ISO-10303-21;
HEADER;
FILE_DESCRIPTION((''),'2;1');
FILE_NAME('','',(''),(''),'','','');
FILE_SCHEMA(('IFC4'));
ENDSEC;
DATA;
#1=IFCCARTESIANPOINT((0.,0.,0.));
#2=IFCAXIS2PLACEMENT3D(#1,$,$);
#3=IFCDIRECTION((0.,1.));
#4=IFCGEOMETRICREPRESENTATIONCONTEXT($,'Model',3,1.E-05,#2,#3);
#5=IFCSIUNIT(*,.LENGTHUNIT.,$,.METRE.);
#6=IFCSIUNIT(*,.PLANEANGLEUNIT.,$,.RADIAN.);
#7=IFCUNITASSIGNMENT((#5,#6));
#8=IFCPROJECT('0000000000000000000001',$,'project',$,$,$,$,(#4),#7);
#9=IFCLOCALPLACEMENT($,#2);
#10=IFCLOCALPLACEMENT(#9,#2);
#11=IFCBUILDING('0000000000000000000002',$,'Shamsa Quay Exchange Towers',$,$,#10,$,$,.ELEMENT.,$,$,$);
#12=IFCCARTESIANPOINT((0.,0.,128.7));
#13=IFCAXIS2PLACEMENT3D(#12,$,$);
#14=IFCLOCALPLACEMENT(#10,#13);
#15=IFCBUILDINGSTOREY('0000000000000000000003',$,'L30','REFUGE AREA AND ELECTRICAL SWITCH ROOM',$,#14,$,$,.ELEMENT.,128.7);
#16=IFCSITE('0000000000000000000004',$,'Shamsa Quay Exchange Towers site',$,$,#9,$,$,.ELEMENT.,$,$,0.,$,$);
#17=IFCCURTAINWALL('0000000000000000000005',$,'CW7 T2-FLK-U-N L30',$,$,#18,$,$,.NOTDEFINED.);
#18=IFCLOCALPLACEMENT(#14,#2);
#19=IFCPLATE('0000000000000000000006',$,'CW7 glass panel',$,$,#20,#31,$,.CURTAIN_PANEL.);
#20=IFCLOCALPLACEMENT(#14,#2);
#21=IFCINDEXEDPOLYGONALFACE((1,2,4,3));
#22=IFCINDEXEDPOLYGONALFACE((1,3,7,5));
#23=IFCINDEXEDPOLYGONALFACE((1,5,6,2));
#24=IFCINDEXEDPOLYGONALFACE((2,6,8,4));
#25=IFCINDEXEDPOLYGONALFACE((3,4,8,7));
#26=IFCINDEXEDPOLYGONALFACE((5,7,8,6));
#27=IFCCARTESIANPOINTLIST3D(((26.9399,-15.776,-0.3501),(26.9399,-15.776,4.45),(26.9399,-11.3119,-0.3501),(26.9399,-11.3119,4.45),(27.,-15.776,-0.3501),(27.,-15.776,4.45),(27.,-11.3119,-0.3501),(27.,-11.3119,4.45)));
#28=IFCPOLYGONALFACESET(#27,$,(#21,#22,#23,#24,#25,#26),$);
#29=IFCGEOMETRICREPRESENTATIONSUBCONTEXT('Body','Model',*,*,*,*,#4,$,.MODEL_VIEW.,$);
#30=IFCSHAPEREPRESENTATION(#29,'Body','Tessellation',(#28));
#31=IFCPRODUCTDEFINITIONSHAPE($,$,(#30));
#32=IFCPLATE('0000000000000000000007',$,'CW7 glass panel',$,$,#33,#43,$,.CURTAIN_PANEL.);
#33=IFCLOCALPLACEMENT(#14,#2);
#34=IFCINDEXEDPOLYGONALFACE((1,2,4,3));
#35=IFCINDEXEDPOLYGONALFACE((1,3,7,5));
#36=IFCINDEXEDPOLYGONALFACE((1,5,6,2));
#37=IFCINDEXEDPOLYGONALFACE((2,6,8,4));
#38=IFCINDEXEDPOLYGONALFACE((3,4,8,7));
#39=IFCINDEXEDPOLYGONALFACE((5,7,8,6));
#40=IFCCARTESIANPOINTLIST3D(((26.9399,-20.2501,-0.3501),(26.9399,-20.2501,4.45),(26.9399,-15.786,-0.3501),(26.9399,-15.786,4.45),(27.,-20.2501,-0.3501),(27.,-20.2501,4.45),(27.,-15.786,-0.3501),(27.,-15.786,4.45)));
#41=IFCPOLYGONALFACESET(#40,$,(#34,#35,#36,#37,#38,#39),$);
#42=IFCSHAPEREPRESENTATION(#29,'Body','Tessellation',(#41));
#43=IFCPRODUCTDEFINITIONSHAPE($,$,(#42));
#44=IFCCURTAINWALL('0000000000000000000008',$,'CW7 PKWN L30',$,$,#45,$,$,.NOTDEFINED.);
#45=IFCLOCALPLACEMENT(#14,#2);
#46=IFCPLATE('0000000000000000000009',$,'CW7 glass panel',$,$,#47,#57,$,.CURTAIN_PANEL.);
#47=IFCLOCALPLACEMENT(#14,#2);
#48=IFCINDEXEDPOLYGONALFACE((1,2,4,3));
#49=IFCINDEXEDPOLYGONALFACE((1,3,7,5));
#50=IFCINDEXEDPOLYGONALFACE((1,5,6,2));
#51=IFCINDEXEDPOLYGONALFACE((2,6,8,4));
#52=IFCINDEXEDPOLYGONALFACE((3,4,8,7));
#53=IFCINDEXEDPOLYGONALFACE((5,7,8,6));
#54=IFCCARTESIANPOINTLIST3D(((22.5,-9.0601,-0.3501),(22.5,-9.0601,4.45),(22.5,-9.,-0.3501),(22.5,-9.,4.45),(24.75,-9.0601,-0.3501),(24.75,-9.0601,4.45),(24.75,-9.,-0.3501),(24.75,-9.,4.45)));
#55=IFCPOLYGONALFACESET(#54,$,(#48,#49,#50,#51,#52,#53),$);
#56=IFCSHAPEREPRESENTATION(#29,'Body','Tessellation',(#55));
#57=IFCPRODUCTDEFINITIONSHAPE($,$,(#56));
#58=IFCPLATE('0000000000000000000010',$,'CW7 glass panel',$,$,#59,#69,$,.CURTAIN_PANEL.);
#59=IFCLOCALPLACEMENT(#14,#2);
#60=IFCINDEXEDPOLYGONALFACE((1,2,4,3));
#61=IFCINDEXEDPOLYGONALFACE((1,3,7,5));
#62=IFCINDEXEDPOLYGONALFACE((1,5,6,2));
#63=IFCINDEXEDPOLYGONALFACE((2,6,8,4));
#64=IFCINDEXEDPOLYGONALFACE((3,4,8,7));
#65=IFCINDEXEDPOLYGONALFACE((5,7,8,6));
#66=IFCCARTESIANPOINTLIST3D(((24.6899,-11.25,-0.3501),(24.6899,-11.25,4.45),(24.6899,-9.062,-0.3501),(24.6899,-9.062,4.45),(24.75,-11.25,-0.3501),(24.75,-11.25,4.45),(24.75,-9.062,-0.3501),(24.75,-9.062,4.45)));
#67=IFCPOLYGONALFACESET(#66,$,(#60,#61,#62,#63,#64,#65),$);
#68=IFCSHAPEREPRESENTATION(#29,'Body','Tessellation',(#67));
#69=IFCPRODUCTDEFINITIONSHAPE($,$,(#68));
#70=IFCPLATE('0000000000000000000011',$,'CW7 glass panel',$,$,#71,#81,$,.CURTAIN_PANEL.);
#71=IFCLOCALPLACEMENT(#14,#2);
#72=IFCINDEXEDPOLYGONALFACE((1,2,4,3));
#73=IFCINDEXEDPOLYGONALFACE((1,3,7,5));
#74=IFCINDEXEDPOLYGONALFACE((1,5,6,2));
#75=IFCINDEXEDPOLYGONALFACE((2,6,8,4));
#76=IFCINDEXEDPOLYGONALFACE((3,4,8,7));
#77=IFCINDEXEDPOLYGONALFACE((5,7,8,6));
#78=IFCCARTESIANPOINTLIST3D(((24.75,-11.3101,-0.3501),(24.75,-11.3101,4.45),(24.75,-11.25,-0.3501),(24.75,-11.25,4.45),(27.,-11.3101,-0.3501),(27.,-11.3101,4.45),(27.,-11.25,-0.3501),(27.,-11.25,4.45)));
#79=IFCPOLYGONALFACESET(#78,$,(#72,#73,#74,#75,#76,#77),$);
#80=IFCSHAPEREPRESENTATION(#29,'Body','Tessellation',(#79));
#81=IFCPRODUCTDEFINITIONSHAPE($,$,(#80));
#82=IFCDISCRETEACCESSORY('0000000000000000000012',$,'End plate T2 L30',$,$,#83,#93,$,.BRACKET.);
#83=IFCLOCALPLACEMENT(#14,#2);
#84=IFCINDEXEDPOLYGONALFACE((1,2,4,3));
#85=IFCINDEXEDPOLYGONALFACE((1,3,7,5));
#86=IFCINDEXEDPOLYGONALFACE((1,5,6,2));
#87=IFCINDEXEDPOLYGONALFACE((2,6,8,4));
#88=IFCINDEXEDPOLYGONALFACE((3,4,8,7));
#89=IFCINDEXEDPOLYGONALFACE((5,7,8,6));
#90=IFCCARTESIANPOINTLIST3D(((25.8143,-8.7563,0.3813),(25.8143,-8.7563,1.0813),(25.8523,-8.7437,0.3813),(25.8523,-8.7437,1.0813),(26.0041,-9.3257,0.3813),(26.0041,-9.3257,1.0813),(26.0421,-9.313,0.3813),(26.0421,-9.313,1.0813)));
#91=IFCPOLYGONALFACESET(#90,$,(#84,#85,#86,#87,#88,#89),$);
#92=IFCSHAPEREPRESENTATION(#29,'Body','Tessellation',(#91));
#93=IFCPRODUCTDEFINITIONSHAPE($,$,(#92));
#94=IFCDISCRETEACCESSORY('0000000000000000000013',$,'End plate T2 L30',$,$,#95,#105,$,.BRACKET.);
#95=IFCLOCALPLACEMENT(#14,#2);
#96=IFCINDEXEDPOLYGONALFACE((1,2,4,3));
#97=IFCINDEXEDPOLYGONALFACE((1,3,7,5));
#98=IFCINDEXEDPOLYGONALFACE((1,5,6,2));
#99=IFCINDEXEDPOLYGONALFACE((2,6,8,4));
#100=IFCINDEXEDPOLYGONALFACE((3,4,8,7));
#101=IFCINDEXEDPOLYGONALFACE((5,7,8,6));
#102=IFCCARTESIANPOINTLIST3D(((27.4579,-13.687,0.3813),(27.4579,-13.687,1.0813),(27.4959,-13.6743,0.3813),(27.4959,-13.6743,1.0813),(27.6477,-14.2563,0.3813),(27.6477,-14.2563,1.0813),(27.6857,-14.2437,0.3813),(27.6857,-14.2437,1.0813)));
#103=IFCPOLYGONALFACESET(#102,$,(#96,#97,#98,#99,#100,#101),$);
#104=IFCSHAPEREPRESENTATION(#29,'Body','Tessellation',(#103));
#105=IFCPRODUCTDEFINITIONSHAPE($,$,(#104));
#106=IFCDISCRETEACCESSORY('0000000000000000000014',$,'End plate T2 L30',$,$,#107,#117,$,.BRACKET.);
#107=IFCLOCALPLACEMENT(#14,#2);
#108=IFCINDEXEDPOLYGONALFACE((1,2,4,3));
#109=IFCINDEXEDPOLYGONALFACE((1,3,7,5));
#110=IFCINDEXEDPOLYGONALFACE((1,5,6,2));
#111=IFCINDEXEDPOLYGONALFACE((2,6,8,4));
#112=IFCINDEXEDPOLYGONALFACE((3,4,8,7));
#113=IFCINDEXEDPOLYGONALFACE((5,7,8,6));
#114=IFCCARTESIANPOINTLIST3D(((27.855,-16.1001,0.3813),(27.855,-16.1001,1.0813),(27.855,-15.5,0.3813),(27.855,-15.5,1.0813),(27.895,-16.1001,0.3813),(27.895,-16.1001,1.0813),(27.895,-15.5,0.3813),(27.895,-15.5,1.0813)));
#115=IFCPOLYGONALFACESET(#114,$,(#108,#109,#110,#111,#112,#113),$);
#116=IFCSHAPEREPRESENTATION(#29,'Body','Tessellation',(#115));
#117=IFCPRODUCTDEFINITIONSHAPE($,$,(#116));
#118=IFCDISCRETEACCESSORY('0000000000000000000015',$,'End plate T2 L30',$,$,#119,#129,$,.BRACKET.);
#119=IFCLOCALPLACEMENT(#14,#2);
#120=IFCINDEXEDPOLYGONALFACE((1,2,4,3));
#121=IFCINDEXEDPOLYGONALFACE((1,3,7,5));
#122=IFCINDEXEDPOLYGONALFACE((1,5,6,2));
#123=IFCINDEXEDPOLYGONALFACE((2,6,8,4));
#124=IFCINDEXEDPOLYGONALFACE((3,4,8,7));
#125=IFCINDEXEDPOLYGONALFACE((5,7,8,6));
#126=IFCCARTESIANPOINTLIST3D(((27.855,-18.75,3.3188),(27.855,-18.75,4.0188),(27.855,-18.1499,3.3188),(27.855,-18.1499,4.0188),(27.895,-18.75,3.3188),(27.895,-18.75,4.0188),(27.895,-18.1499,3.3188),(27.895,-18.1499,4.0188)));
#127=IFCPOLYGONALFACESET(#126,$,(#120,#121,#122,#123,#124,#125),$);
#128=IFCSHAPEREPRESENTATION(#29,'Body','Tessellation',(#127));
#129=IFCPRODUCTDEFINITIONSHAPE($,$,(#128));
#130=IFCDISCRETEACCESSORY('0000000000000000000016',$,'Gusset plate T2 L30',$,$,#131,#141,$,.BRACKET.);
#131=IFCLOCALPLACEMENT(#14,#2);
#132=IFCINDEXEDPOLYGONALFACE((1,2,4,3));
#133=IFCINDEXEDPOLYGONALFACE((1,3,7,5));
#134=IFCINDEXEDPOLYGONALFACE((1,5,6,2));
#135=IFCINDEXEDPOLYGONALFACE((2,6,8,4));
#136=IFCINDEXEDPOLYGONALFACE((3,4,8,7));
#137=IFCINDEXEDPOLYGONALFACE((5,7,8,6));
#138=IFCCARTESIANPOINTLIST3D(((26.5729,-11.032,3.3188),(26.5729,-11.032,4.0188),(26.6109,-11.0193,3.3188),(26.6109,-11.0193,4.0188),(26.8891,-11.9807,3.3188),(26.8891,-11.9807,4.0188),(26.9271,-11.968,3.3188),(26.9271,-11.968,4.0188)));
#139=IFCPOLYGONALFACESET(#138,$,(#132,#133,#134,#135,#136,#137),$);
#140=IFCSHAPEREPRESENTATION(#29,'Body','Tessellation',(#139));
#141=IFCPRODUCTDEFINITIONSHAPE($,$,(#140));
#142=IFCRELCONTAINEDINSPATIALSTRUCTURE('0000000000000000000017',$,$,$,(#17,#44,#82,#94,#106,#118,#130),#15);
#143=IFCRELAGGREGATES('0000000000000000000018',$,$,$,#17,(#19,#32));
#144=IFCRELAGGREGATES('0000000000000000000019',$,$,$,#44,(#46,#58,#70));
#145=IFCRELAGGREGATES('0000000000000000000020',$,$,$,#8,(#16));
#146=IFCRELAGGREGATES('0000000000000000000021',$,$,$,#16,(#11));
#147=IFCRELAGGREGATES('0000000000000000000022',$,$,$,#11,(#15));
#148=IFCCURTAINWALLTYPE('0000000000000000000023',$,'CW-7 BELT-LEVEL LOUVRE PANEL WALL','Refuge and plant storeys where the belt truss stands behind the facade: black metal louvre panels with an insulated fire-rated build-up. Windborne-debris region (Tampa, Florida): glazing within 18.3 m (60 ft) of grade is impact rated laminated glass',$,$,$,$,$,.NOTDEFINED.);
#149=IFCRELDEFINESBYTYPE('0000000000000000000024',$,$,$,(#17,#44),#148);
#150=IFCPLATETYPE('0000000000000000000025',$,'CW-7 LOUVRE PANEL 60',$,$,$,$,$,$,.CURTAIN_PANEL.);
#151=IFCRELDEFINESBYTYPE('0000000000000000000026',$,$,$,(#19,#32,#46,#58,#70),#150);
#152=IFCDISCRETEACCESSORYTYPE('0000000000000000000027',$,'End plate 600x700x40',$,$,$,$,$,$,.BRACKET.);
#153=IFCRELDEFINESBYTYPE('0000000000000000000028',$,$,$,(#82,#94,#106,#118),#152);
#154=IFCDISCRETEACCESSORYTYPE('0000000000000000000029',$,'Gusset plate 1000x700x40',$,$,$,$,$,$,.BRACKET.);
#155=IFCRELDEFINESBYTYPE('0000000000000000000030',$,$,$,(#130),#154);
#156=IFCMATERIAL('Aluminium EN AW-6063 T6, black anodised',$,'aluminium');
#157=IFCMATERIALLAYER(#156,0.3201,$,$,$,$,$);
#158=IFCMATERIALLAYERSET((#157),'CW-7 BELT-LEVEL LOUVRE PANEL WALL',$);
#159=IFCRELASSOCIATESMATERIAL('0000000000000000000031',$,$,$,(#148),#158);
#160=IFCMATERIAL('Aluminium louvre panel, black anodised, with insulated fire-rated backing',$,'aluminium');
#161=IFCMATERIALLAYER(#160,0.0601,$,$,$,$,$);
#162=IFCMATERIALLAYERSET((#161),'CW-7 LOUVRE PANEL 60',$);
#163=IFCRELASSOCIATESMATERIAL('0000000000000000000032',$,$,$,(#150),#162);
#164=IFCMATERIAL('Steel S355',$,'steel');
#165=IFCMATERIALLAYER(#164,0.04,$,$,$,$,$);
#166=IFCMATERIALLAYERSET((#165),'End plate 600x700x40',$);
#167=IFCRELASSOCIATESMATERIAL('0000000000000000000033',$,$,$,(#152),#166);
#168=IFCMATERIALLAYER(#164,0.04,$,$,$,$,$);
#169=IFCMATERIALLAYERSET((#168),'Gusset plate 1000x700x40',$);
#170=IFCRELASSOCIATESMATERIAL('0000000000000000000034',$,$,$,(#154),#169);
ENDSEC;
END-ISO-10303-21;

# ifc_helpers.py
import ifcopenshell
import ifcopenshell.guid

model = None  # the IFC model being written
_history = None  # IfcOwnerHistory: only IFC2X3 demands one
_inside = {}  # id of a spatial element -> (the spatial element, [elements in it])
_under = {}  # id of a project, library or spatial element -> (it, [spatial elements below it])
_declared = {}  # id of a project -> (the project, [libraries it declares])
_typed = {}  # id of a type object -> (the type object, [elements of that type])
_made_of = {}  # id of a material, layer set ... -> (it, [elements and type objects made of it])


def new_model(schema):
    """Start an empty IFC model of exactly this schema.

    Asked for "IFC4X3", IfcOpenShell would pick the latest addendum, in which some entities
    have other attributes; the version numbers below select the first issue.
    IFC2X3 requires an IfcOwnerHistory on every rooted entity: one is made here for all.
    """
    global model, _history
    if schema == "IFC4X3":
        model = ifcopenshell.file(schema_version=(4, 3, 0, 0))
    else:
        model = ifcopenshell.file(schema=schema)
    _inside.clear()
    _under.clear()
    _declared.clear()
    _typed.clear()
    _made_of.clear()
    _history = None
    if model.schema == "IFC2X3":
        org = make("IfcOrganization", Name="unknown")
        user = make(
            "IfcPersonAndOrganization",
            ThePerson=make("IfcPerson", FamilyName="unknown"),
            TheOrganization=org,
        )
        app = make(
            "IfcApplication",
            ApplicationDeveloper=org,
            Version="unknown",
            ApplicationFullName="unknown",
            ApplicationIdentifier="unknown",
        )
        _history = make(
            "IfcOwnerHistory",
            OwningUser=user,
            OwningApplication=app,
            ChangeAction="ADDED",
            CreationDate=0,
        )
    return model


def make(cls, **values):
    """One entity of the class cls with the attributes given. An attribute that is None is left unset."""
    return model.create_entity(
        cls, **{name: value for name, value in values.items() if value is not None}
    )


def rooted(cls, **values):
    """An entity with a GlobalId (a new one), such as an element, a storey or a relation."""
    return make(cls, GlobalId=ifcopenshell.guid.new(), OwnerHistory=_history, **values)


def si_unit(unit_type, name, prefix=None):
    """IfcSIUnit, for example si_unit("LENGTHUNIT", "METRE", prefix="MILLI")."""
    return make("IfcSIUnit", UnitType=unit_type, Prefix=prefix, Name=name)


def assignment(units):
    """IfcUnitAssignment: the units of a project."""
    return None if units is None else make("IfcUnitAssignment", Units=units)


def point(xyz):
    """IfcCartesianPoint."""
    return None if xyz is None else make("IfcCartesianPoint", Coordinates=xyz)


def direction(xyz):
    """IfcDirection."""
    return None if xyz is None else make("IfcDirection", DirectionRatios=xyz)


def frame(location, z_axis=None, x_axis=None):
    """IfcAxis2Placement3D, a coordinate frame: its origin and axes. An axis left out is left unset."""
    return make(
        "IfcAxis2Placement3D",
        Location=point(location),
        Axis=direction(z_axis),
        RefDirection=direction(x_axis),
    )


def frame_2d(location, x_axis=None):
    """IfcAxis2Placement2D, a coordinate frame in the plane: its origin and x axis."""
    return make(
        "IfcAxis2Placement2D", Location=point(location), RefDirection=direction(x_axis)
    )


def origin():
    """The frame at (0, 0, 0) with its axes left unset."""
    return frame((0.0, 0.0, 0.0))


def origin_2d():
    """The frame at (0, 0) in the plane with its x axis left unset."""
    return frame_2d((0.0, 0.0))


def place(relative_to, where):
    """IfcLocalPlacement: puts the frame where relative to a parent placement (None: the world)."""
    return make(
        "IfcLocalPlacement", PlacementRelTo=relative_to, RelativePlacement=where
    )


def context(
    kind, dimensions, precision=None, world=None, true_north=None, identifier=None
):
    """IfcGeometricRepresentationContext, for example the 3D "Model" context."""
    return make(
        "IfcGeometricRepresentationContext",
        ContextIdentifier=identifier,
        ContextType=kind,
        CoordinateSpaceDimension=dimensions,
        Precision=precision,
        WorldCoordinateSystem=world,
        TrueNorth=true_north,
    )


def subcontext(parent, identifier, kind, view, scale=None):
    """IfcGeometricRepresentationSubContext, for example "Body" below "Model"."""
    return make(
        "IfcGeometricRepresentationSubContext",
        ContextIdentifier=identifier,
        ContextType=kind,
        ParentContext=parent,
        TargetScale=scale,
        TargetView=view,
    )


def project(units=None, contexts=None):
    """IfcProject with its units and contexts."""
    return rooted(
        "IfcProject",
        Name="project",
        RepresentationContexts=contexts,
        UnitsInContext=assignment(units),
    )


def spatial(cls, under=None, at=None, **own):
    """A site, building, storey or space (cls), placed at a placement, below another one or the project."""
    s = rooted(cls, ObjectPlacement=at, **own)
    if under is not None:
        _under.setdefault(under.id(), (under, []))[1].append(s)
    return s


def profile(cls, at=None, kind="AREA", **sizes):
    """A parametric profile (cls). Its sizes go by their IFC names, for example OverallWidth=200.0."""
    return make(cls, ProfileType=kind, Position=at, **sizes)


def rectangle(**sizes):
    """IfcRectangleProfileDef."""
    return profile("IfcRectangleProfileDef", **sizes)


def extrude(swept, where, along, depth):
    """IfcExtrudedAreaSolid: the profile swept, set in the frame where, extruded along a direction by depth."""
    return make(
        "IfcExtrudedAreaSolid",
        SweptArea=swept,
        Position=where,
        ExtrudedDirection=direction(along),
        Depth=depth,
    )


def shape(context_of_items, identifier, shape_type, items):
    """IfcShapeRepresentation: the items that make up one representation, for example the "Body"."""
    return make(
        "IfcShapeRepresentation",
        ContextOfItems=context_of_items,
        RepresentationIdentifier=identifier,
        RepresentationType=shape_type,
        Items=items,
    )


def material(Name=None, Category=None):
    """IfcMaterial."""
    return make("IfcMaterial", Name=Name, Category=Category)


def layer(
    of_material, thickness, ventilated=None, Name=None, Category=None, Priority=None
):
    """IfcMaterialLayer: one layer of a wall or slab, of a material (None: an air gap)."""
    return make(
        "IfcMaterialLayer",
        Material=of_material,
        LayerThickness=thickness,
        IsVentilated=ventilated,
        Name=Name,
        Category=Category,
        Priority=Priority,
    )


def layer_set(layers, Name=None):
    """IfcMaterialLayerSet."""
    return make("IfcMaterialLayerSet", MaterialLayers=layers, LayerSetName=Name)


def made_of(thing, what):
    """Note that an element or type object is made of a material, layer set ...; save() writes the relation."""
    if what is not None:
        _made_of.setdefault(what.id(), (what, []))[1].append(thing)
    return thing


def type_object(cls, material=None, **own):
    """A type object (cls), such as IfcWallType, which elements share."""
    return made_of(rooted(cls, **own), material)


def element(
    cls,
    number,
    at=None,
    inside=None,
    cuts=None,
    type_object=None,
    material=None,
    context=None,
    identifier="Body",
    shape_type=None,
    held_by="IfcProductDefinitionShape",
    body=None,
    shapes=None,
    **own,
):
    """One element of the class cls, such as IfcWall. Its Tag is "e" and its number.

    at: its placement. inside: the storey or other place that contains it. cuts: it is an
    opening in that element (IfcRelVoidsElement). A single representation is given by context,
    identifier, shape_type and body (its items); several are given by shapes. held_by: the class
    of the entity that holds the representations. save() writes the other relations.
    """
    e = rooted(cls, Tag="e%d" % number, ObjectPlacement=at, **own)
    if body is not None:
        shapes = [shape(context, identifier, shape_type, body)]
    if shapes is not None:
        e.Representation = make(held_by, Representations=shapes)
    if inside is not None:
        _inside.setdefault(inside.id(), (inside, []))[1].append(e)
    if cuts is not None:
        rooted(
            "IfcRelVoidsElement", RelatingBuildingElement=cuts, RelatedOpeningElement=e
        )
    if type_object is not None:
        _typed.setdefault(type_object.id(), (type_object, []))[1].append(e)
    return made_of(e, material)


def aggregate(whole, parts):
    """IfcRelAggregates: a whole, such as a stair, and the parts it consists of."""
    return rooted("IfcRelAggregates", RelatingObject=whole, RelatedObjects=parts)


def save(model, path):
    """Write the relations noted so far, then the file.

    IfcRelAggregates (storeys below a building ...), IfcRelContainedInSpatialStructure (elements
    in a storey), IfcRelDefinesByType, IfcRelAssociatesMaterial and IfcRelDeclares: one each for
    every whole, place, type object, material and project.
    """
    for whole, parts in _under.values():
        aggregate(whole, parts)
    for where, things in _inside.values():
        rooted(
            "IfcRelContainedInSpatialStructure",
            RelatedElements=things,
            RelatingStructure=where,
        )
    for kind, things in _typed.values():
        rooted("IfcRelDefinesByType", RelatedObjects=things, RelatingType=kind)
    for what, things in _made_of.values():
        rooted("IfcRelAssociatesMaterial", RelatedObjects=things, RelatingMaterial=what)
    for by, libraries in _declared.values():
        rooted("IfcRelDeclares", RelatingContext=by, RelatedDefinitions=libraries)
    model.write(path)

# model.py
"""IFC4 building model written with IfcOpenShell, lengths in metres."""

from ifc_helpers import new_model, si_unit, direction, frame, origin, origin_2d, place, context, subcontext, project, spatial, rectangle, extrude, material, layer, layer_set, type_object, element, aggregate, save


model = new_model("IFC4")

# Units and contexts
model_context = context("Model", 3, precision=1e-05, world=origin(), true_north=direction((0.0, 1.0)))
body_context = subcontext(model_context, "Body", "Model", "MODEL_VIEW")
ifc_project = project(units=[si_unit("LENGTHUNIT", "METRE"), si_unit("PLANEANGLEUNIT", "RADIAN")], contexts=[model_context])

# Site, building, storey
site_placement = place(None, origin())
site = spatial("IfcSite", under=ifc_project, at=site_placement, Name="Shamsa Quay Exchange Towers site", CompositionType="ELEMENT", RefElevation=0.0)
building_placement = place(site_placement, origin())
building = spatial("IfcBuilding", under=site, at=building_placement, Name="Shamsa Quay Exchange Towers", CompositionType="ELEMENT")
storey_placement = place(building_placement, frame((0.0, 0.0, 128.7)))
storey = spatial("IfcBuildingStorey", under=building, at=storey_placement, Name="L30", Description="REFUGE AREA AND ELECTRICAL SWITCH ROOM", CompositionType="ELEMENT", Elevation=128.7)

# Shared definitions
ifc_material_1 = material(Name="Steel S355", Category="steel")

# Curtain walls, plates
ifc_material_2 = material(Name="Aluminium EN AW-6063 T6, black anodised", Category="aluminium")
ifc_layer_1 = layer(ifc_material_2, 0.3201)
ifc_layer_set_1 = layer_set([ifc_layer_1], Name="CW-7 BELT-LEVEL LOUVRE PANEL WALL")
curtain_wall_type = type_object("IfcCurtainWallType", Name="CW-7 BELT-LEVEL LOUVRE PANEL WALL", Description="Refuge and plant storeys where the belt truss stands behind the facade: black metal louvre panels with an insulated fire-rated build-up. Windborne-debris region (Tampa, Florida): glazing within 18.3 m (60 ft) of grade is impact rated laminated glass", PredefinedType="NOTDEFINED", material=ifc_layer_set_1)
curtain_wall_1_placement = place(storey_placement, origin())
curtain_wall_1 = element("IfcCurtainWall", 1, at=curtain_wall_1_placement, inside=storey, type_object=curtain_wall_type, Name="CW7 T2-FLK-U-N L30", PredefinedType="NOTDEFINED")
ifc_material_3 = material(Name="Aluminium louvre panel, black anodised, with insulated fire-rated backing", Category="aluminium")
ifc_layer_2 = layer(ifc_material_3, 0.0601)
ifc_layer_set_2 = layer_set([ifc_layer_2], Name="CW-7 LOUVRE PANEL 60")
plate_type = type_object("IfcPlateType", Name="CW-7 LOUVRE PANEL 60", PredefinedType="CURTAIN_PANEL", material=ifc_layer_set_2)
plate_1_placement = place(storey_placement, frame((26.97, -13.5439, -0.3501), z_axis=(0.0, 0.0, 1.0), x_axis=(0.0, -1.0, 0.0)))
plate_1 = element("IfcPlate", 2, at=plate_1_placement, type_object=plate_type, Name="CW7 glass panel", PredefinedType="CURTAIN_PANEL", context=body_context, shape_type="SweptSolid", body=[
    extrude(rectangle(XDim=4.4641, YDim=0.0601, at=origin_2d()), origin(), (0.0, 0.0, 1.0), 4.8),
])
plate_2_placement = place(storey_placement, frame((26.97, -18.0181, -0.3501), z_axis=(0.0, 0.0, 1.0), x_axis=(0.0, -1.0, 0.0)))
plate_2 = element("IfcPlate", 3, at=plate_2_placement, type_object=plate_type, Name="CW7 glass panel", PredefinedType="CURTAIN_PANEL", context=body_context, shape_type="SweptSolid", body=[
    extrude(rectangle(XDim=4.4641, YDim=0.0601, at=origin_2d()), origin(), (0.0, 0.0, 1.0), 4.8),
])
aggregate(curtain_wall_1, [plate_1, plate_2])
curtain_wall_2_placement = place(storey_placement, origin())
curtain_wall_2 = element("IfcCurtainWall", 4, at=curtain_wall_2_placement, inside=storey, type_object=curtain_wall_type, Name="CW7 PKWN L30", PredefinedType="NOTDEFINED")
plate_3_placement = place(storey_placement, frame((23.625, -9.03, -0.3501)))
plate_3 = element("IfcPlate", 5, at=plate_3_placement, type_object=plate_type, Name="CW7 glass panel", PredefinedType="CURTAIN_PANEL", context=body_context, shape_type="SweptSolid", body=[
    extrude(rectangle(XDim=2.25, YDim=0.0601, at=origin_2d()), origin(), (0.0, 0.0, 1.0), 4.8),
])
plate_4_placement = place(storey_placement, frame((24.72, -10.156, -0.3501), z_axis=(0.0, 0.0, 1.0), x_axis=(0.0, -1.0, 0.0)))
plate_4 = element("IfcPlate", 6, at=plate_4_placement, type_object=plate_type, Name="CW7 glass panel", PredefinedType="CURTAIN_PANEL", context=body_context, shape_type="SweptSolid", body=[
    extrude(rectangle(XDim=2.188, YDim=0.0601, at=origin_2d()), origin(), (0.0, 0.0, 1.0), 4.8),
])
plate_5_placement = place(storey_placement, frame((25.875, -11.28, -0.3501)))
plate_5 = element("IfcPlate", 7, at=plate_5_placement, type_object=plate_type, Name="CW7 glass panel", PredefinedType="CURTAIN_PANEL", context=body_context, shape_type="SweptSolid", body=[
    extrude(rectangle(XDim=2.25, YDim=0.0601, at=origin_2d()), origin(), (0.0, 0.0, 1.0), 4.8),
])
aggregate(curtain_wall_2, [plate_3, plate_4, plate_5])

# Discrete accessories
ifc_layer_3 = layer(ifc_material_1, 0.04)
ifc_layer_set_3 = layer_set([ifc_layer_3], Name="End plate 600x700x40")
discrete_accessory_type_1 = type_object("IfcDiscreteAccessoryType", Name="End plate 600x700x40", PredefinedType="BRACKET", material=ifc_layer_set_3)
for number, where, z_axis, x_axis, name in (
    (8, (25.9282, -9.0347, 0.3813), (0.0, 0.0, 1.0), (0.316228, -0.948683, 0.0), "End plate T2 L30"),
    (9, (27.5718, -13.9653, 0.3813), (0.0, 0.0, 1.0), (0.316228, -0.948683, 0.0), "End plate T2 L30"),
    (10, (27.875, -15.8, 0.3813), (0.0, 0.0, 1.0), (0.0, -1.0, 0.0), "End plate T2 L30"),
    (11, (27.875, -18.45, 3.3188), (0.0, 0.0, 1.0), (0.0, -1.0, 0.0), "End plate T2 L30"),
):
    element("IfcDiscreteAccessory", number, at=place(storey_placement, frame(where, z_axis=z_axis, x_axis=x_axis)), inside=storey, type_object=discrete_accessory_type_1, Name=name, PredefinedType="BRACKET", context=body_context, shape_type="SweptSolid", body=[
        extrude(rectangle(XDim=0.6001, YDim=0.04, at=origin_2d()), origin(), (0.0, 0.0, 1.0), 0.7),
    ])
ifc_layer_4 = layer(ifc_material_1, 0.04)
ifc_layer_set_4 = layer_set([ifc_layer_4], Name="Gusset plate 1000x700x40")
discrete_accessory_type_2 = type_object("IfcDiscreteAccessoryType", Name="Gusset plate 1000x700x40", PredefinedType="BRACKET", material=ifc_layer_set_4)
discrete_accessory_placement = place(storey_placement, frame((26.75, -11.5, 3.3188), z_axis=(0.0, 0.0, 1.0), x_axis=(0.316228, -0.948683, 0.0)))
element("IfcDiscreteAccessory", 12, at=discrete_accessory_placement, inside=storey, type_object=discrete_accessory_type_2, Name="Gusset plate T2 L30", PredefinedType="BRACKET", context=body_context, shape_type="SweptSolid", body=[
    extrude(rectangle(XDim=1.0, YDim=0.04, at=origin_2d()), origin(), (0.0, 0.0, 1.0), 0.7),
])

save(model, "model.ifc")
